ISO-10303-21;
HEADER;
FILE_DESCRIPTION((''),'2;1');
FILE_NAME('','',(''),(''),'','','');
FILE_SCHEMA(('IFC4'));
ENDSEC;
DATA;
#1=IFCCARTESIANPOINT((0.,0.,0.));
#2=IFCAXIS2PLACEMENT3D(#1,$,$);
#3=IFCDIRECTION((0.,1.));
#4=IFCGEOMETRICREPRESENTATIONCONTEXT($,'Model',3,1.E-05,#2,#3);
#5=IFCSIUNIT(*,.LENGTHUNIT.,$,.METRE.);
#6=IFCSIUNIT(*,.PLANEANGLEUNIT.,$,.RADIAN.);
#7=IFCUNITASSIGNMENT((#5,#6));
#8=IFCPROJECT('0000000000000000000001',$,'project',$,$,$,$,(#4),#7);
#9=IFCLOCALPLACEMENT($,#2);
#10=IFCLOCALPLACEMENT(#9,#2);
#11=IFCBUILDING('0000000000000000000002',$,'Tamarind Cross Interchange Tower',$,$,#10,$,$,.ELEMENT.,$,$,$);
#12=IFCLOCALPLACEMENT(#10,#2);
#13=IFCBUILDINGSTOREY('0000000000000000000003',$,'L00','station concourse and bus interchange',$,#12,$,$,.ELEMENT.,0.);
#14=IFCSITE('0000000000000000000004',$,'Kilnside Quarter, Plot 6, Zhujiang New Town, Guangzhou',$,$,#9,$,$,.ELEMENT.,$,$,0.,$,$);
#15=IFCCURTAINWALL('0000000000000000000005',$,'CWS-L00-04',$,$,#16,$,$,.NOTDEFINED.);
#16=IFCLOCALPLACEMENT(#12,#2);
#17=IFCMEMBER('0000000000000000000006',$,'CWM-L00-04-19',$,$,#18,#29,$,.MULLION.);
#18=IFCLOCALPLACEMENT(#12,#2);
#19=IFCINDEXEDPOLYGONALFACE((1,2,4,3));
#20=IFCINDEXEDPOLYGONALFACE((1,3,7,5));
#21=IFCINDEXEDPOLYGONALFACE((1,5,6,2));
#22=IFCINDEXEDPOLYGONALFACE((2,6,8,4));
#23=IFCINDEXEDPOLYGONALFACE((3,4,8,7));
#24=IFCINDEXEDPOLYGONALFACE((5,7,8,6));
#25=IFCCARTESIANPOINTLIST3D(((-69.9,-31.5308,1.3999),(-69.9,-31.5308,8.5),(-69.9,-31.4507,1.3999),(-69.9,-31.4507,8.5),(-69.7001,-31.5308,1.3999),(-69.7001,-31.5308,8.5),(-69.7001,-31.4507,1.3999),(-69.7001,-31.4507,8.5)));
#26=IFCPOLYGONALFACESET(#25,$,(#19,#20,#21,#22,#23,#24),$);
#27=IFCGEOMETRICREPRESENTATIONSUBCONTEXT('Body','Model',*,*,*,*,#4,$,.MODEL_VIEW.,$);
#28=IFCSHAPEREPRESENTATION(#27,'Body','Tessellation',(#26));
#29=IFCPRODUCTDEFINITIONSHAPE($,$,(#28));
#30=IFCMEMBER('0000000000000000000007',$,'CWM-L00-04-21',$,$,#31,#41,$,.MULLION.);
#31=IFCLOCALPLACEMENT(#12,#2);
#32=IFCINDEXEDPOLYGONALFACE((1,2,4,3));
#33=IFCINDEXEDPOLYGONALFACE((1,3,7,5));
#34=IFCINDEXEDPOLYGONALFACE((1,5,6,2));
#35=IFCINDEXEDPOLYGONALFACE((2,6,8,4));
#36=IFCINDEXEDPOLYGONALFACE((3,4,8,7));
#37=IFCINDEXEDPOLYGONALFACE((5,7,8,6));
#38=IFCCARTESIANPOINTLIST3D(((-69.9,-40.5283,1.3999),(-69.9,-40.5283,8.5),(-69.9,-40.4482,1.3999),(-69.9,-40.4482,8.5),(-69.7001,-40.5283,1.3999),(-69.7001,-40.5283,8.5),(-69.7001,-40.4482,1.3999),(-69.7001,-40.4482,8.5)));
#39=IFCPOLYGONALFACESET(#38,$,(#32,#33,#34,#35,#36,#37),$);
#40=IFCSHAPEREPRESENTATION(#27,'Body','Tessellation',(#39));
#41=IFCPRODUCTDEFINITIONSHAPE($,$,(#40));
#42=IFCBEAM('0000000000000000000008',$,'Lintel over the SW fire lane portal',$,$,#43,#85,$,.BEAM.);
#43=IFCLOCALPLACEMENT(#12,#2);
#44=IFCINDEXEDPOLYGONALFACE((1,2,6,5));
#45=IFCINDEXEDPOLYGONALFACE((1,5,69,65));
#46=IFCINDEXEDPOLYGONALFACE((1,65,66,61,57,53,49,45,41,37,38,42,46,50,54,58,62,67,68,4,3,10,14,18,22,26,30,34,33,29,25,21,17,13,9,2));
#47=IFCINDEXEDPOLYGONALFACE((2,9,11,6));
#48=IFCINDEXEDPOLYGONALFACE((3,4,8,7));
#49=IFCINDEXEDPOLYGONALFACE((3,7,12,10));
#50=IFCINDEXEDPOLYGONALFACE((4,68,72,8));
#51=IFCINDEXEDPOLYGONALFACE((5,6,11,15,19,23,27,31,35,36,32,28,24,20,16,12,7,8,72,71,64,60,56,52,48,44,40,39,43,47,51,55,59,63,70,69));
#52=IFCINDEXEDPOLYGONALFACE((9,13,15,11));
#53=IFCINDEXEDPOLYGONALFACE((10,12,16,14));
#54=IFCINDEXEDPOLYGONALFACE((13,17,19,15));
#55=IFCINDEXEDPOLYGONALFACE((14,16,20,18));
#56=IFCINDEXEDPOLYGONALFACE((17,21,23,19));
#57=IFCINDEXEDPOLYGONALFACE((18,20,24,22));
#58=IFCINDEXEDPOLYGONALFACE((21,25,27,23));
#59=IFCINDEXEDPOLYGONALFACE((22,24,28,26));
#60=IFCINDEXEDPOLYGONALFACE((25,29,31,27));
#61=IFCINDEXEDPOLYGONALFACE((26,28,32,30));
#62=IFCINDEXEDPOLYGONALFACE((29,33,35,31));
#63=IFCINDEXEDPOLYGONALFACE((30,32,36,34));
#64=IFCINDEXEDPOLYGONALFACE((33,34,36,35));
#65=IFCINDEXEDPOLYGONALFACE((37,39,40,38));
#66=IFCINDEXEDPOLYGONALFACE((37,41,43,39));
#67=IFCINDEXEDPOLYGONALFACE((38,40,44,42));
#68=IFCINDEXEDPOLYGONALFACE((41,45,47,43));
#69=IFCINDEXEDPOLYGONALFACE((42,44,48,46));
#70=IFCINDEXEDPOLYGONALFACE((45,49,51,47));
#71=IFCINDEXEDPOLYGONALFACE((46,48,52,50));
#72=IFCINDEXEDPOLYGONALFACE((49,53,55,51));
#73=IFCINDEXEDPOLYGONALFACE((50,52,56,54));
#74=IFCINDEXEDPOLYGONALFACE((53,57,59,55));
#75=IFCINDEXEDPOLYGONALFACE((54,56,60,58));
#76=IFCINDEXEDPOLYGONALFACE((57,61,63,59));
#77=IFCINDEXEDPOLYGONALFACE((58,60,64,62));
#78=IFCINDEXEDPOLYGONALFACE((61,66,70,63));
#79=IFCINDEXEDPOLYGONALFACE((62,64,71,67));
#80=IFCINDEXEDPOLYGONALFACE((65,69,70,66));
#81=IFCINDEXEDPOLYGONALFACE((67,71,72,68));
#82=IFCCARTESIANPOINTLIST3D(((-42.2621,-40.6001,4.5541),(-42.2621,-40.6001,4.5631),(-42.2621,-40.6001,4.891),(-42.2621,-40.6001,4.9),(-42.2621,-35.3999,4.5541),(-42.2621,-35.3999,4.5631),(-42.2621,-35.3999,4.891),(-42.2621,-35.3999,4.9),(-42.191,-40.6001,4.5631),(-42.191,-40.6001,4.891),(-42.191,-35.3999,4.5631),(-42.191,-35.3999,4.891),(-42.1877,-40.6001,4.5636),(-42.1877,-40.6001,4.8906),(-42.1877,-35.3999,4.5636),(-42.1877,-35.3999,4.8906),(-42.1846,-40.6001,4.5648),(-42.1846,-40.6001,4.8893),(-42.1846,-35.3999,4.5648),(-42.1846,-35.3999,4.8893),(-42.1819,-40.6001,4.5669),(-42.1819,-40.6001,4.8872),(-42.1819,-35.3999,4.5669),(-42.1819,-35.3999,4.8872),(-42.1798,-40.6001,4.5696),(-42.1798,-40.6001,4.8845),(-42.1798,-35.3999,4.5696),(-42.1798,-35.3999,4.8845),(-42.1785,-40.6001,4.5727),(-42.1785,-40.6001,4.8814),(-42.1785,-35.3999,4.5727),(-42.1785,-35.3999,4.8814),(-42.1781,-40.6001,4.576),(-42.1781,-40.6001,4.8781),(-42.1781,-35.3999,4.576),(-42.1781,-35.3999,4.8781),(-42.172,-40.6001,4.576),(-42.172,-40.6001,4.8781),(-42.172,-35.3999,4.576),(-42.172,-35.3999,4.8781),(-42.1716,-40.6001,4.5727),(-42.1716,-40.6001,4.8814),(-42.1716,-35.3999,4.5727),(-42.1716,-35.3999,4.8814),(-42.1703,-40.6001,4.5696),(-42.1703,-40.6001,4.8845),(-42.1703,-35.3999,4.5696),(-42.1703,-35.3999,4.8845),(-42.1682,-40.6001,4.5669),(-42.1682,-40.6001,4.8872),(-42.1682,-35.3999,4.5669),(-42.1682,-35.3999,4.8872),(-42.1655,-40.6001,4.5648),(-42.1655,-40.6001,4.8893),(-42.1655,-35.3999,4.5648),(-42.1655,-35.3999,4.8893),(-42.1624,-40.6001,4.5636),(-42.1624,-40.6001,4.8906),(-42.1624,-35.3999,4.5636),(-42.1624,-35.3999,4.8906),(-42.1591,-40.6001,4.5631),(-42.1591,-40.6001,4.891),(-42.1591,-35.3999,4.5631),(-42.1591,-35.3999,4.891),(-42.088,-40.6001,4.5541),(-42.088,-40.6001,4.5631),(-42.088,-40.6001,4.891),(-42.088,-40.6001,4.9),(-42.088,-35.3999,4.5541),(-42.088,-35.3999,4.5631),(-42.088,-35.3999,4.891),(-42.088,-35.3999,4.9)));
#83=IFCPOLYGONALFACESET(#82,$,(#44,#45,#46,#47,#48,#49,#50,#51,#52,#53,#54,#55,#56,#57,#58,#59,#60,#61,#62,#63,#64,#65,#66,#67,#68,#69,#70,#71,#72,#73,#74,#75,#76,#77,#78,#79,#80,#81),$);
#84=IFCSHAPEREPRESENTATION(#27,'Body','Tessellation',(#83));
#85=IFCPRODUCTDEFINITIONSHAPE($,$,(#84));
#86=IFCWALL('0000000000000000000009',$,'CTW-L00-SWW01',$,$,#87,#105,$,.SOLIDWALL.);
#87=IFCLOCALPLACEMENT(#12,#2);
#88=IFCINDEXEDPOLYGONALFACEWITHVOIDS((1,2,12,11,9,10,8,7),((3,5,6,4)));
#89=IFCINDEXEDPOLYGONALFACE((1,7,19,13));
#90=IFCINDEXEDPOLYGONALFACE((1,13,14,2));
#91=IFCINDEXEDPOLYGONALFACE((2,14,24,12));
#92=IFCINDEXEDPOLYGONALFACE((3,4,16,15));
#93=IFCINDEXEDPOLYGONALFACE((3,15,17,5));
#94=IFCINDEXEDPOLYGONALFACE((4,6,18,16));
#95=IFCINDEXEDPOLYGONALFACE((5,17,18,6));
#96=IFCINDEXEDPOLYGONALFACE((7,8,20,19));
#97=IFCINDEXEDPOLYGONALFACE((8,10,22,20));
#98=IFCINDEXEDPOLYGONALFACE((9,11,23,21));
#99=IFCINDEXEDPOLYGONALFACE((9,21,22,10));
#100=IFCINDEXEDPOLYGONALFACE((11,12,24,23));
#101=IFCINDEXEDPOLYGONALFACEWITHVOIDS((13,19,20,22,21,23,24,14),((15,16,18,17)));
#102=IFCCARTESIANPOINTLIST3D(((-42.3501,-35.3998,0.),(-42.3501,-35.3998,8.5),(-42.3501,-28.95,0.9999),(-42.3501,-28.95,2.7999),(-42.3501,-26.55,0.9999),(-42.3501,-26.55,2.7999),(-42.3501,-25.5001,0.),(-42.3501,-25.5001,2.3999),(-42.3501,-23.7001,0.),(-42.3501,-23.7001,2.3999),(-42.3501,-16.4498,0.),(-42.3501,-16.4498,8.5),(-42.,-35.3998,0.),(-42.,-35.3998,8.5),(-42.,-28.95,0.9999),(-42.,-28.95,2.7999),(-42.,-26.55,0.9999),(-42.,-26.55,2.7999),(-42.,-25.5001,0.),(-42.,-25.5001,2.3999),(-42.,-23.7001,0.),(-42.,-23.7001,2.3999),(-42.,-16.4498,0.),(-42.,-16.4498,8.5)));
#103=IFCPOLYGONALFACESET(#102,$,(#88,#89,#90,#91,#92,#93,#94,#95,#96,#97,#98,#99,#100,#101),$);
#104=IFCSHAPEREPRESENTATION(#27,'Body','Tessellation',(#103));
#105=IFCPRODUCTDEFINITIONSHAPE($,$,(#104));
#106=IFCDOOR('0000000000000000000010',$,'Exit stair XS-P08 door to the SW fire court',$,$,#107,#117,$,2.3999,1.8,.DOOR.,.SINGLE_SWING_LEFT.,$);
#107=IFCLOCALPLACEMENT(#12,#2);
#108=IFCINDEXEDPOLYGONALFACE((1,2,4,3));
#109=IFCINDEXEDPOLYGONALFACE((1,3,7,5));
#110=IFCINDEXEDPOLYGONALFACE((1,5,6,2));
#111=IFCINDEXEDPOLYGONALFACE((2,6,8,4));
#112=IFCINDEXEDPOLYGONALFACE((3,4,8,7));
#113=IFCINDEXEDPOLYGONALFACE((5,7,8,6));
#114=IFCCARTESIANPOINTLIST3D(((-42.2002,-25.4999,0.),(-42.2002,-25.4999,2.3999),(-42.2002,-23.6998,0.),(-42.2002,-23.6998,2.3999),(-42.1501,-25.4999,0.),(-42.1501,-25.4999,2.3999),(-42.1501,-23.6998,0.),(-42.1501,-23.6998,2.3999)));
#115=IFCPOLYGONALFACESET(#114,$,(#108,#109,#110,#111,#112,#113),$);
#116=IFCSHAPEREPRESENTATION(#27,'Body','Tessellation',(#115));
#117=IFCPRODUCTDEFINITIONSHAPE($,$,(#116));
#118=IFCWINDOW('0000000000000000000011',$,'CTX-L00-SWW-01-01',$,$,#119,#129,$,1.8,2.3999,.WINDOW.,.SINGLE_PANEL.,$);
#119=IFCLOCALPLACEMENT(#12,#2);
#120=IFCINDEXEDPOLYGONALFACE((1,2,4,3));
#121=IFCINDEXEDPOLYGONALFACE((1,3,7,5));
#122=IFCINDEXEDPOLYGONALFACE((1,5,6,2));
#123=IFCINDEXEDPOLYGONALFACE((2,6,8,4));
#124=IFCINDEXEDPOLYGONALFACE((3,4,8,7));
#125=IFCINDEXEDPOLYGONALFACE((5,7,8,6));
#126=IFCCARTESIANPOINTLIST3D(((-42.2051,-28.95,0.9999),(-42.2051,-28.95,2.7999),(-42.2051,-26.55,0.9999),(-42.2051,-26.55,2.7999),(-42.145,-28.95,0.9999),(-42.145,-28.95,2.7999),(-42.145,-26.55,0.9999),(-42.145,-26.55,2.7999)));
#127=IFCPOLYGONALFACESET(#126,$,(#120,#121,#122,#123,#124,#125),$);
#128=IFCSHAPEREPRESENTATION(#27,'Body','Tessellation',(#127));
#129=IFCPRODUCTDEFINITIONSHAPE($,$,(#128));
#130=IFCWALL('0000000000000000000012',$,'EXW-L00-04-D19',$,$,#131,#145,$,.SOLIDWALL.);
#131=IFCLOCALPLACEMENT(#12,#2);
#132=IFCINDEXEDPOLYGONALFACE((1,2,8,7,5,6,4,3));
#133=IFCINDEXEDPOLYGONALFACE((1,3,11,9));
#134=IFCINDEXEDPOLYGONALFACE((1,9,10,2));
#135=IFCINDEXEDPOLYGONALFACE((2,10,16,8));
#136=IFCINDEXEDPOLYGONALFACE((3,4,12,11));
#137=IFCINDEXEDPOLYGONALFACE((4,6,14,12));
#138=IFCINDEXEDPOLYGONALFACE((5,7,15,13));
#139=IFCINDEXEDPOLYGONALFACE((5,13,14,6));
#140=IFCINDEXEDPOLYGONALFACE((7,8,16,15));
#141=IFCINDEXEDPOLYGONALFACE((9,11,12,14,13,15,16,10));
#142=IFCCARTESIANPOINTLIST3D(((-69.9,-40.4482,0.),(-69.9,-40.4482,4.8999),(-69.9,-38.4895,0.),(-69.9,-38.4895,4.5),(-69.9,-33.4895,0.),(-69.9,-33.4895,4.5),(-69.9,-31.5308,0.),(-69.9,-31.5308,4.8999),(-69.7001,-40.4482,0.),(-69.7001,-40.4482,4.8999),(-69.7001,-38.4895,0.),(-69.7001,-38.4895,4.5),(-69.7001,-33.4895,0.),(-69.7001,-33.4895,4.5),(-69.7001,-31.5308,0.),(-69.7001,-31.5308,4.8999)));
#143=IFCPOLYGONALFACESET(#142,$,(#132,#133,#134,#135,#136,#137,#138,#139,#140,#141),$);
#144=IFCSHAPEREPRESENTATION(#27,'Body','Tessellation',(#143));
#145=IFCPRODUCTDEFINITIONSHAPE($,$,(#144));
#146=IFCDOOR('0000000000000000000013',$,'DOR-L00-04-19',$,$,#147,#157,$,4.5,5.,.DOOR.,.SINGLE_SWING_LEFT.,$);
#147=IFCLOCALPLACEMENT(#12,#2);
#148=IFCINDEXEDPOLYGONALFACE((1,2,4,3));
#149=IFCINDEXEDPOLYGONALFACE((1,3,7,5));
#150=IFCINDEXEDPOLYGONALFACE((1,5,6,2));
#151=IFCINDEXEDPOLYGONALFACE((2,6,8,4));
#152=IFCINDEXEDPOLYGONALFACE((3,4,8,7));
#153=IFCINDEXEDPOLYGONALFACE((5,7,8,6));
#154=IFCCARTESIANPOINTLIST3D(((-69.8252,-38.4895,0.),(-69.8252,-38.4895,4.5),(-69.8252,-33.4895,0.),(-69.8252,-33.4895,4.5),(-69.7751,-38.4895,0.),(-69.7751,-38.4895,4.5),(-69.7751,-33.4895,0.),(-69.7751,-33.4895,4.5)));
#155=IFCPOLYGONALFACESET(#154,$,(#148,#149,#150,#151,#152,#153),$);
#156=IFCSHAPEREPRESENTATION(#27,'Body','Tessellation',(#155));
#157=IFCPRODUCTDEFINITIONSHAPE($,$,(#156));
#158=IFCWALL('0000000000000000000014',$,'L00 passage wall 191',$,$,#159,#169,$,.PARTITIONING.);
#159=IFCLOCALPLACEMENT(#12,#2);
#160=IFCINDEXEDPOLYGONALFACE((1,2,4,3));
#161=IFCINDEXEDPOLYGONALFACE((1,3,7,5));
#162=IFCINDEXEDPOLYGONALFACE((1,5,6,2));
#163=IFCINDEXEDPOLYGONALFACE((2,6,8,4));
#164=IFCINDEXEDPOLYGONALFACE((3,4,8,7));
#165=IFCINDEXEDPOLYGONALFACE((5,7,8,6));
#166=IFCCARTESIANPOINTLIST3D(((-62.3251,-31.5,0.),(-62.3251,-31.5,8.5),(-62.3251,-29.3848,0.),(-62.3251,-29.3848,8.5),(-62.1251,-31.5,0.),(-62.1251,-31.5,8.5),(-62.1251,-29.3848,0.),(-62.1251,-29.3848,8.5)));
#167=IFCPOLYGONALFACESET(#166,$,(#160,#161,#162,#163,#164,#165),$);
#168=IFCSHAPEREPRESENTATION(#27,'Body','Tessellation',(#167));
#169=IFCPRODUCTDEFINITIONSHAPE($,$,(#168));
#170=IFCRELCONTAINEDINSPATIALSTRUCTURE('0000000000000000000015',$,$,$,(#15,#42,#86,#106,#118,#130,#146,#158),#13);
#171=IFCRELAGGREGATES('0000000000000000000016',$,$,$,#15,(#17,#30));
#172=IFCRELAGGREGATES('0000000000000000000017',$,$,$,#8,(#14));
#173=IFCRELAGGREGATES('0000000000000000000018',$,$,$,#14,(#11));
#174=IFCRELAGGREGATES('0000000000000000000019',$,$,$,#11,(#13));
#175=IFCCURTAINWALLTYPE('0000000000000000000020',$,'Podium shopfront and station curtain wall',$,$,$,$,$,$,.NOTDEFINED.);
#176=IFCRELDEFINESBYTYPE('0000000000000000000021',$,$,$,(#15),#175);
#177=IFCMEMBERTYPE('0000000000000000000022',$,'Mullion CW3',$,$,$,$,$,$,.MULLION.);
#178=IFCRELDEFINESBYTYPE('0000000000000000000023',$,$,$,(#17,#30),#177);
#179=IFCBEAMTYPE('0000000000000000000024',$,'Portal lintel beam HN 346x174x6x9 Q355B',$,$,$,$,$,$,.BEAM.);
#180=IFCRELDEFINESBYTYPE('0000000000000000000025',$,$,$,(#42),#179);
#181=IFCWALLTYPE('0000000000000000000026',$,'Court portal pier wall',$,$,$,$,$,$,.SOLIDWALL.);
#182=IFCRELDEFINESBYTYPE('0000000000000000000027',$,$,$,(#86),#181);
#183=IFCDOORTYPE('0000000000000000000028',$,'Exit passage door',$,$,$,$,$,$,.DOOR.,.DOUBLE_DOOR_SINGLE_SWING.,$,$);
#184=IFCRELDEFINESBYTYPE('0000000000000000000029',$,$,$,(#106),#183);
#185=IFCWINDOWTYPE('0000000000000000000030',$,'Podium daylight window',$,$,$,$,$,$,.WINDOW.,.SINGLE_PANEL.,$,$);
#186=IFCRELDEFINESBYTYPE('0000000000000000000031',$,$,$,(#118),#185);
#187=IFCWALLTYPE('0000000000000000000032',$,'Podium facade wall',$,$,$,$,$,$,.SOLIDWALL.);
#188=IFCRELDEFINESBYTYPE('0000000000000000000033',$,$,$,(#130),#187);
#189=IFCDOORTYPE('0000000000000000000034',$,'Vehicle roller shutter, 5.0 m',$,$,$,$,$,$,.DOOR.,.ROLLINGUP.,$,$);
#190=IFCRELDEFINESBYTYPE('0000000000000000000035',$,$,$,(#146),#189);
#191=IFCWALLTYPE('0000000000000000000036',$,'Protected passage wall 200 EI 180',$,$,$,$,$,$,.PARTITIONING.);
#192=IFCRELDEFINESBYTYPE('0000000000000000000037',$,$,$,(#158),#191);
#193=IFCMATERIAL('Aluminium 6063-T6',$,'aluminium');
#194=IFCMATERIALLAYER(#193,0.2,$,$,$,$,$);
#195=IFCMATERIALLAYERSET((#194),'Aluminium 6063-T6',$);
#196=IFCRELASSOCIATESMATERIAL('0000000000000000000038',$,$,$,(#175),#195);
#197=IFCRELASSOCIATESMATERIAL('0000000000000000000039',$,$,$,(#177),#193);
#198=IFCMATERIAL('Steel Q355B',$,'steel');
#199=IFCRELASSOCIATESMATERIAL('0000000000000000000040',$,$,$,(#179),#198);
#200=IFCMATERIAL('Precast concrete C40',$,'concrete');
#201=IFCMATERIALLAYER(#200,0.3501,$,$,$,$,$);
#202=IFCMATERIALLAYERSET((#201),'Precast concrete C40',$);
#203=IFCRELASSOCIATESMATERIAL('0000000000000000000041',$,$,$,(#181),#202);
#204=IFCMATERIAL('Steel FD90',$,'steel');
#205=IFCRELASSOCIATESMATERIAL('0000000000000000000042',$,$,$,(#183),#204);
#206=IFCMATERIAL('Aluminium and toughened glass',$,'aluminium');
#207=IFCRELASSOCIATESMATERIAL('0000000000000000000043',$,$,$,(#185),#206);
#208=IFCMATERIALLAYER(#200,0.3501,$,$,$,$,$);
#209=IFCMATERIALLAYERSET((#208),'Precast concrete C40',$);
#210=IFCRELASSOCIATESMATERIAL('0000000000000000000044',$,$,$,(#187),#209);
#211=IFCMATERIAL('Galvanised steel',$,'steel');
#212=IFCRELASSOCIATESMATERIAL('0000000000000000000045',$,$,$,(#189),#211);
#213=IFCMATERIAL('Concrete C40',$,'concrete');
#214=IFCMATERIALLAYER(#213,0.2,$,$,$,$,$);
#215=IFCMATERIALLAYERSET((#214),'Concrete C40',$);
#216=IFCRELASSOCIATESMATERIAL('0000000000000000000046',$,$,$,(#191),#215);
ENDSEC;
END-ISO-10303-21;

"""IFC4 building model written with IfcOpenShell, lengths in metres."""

from ifc_helpers import new_model, si_unit, direction, frame, frame_2d, origin, origin_2d, place, context, subcontext, project, spatial, rectangle, i_section, extrude, material, layer, layer_set, material_profile, profile_set, type_object, element, fill, aggregate, save


model = new_model("IFC4")

# Units and contexts
model_context = context("Model", 3, precision=1e-05, world=origin(), true_north=direction((0.0, 1.0)))
body_context = subcontext(model_context, "Body", "Model", "MODEL_VIEW")
ifc_project = project(units=[si_unit("LENGTHUNIT", "METRE"), si_unit("PLANEANGLEUNIT", "RADIAN")], contexts=[model_context])

# Site, building, storey
site_placement = place(None, origin())
site = spatial("IfcSite", under=ifc_project, at=site_placement, Name="Kilnside Quarter, Plot 6, Zhujiang New Town, Guangzhou", CompositionType="ELEMENT", RefElevation=0.0)
building_placement = place(site_placement, origin())
building = spatial("IfcBuilding", under=site, at=building_placement, Name="Tamarind Cross Interchange Tower", CompositionType="ELEMENT")
storey_placement = place(building_placement, origin())
storey = spatial("IfcBuildingStorey", under=building, at=storey_placement, Name="L00", Description="station concourse and bus interchange", CompositionType="ELEMENT", Elevation=0.0)

# Curtain wall, members
ifc_material_1 = material(Name="Aluminium 6063-T6", Category="aluminium")
ifc_layer_1 = layer(ifc_material_1, 0.2)
ifc_layer_set_1 = layer_set([ifc_layer_1], Name="Aluminium 6063-T6")
curtain_wall_type = type_object("IfcCurtainWallType", Name="Podium shopfront and station curtain wall", PredefinedType="NOTDEFINED", material=ifc_layer_set_1)
curtain_wall_placement = place(storey_placement, origin())
curtain_wall = element("IfcCurtainWall", 1, at=curtain_wall_placement, inside=storey, type_object=curtain_wall_type, Name="CWS-L00-04", PredefinedType="NOTDEFINED")
ifc_material_profile_1 = material_profile(ifc_material_1, rectangle(XDim=0.0801, YDim=0.2, at=origin_2d()), Name="Mullion CW3")
ifc_profile_set_1 = profile_set([ifc_material_profile_1], Name="Aluminium 6063-T6")
member_type = type_object("IfcMemberType", Name="Mullion CW3", PredefinedType="MULLION", material=ifc_profile_set_1)
member_1_placement = place(storey_placement, frame((-69.8, -31.4907, 1.3999), z_axis=(0.0, 0.0, 1.0), x_axis=(0.0, -1.0, 0.0)))
member_1 = element("IfcMember", 2, at=member_1_placement, type_object=member_type, Name="CWM-L00-04-19", PredefinedType="MULLION", context=body_context, shape_type="SweptSolid", body=[
    extrude(rectangle(XDim=0.0801, YDim=0.2, at=origin_2d()), origin(), (0.0, 0.0, 1.0), 7.1001),
])
member_2_placement = place(storey_placement, frame((-69.8, -40.4883, 1.3999), z_axis=(0.0, 0.0, 1.0), x_axis=(0.0, -1.0, 0.0)))
member_2 = element("IfcMember", 3, at=member_2_placement, type_object=member_type, Name="CWM-L00-04-21", PredefinedType="MULLION", context=body_context, shape_type="SweptSolid", body=[
    extrude(rectangle(XDim=0.0801, YDim=0.2, at=origin_2d()), origin(), (0.0, 0.0, 1.0), 7.1001),
])
aggregate(curtain_wall, [member_1, member_2])

# Beam
ifc_material_2 = material(Name="Steel Q355B", Category="steel")
ifc_material_profile_2 = material_profile(ifc_material_2, i_section(OverallWidth=0.1741, OverallDepth=0.3459, WebThickness=0.0061, FlangeThickness=0.009, FilletRadius=0.0129, at=origin_2d()), Name="HN 346x174x6x9")
ifc_profile_set_2 = profile_set([ifc_material_profile_2], Name="Steel Q355B")
beam_type = type_object("IfcBeamType", Name="Portal lintel beam HN 346x174x6x9 Q355B", PredefinedType="BEAM", material=ifc_profile_set_2)
beam_placement = place(storey_placement, frame((-42.175, -40.6001, 4.7271), z_axis=(0.0, 1.0, 0.0), x_axis=(-1.0, 0.0, 0.0)))
element("IfcBeam", 4, at=beam_placement, inside=storey, type_object=beam_type, Name="Lintel over the SW fire lane portal", PredefinedType="BEAM", context=body_context, shape_type="SweptSolid", body=[
    extrude(i_section(OverallWidth=0.1741, OverallDepth=0.3459, WebThickness=0.0061, FlangeThickness=0.009, FilletRadius=0.0129, at=origin_2d()), origin(), (0.0, 0.0, 1.0), 5.2002),
])

# Wall, openings, door, window
ifc_material_3 = material(Name="Precast concrete C40", Category="concrete")
ifc_layer_2 = layer(ifc_material_3, 0.3501)
ifc_layer_set_2 = layer_set([ifc_layer_2], Name="Precast concrete C40")
wall_type_1 = type_object("IfcWallType", Name="Court portal pier wall", PredefinedType="SOLIDWALL", material=ifc_layer_set_2)
wall_1_placement = place(storey_placement, frame((-42.175, -35.3999, 0.0), z_axis=(0.0, 0.0, 1.0), x_axis=(0.0, 1.0, 0.0)))
wall_1 = element("IfcWall", 5, at=wall_1_placement, inside=storey, type_object=wall_type_1, Name="CTW-L00-SWW01", PredefinedType="SOLIDWALL", context=body_context, shape_type="SweptSolid", body=[
    extrude(rectangle(XDim=18.95, YDim=0.3501, at=frame_2d((9.4751, 0.0))), origin(), (0.0, 0.0, 1.0), 8.5),
])
opening_1_placement = place(wall_1_placement, frame((9.8999, 0.0, 0.0)))
opening_1 = element("IfcOpeningElement", 6, at=opening_1_placement, cuts=wall_1, PredefinedType="OPENING", context=body_context, shape_type="SweptSolid", body=[
    extrude(rectangle(XDim=1.8, YDim=2.3999, at=frame_2d((0.8999, 1.2))), frame((0.0, 0.1851, 0.0), z_axis=(0.0, -1.0, 0.0), x_axis=(1.0, 0.0, 0.0)), (0.0, 0.0, 1.0), 0.3701),
])
opening_2_placement = place(wall_1_placement, frame((6.45, 0.0, 1.0)))
opening_2 = element("IfcOpeningElement", 7, at=opening_2_placement, cuts=wall_1, PredefinedType="OPENING", context=body_context, shape_type="SweptSolid", body=[
    extrude(rectangle(XDim=2.3999, YDim=1.8, at=frame_2d((1.2, 0.8999))), frame((0.0, 0.1851, 0.0), z_axis=(0.0, -1.0, 0.0), x_axis=(1.0, 0.0, 0.0)), (0.0, 0.0, 1.0), 0.3701),
])
ifc_material_4 = material(Name="Steel FD90", Category="steel")
door_type_1 = type_object("IfcDoorType", Name="Exit passage door", OperationType="DOUBLE_DOOR_SINGLE_SWING", PredefinedType="DOOR", material=ifc_material_4)
door_1_placement = place(opening_1_placement, frame((1.8, 0.0, 0.0), z_axis=(0.0, 0.0, 1.0), x_axis=(-1.0, 0.0, 0.0)))
door_1 = element("IfcDoor", 8, at=door_1_placement, inside=storey, type_object=door_type_1, Name="Exit stair XS-P08 door to the SW fire court", OperationType="SINGLE_SWING_LEFT", OverallHeight=2.3999, OverallWidth=1.8, PredefinedType="DOOR", context=body_context, shape_type="SweptSolid", body=[
    extrude(rectangle(XDim=1.8, YDim=2.3999, at=frame_2d((0.8999, 1.2))), frame((0.0, 0.0249, 0.0), z_axis=(0.0, -1.0, 0.0), x_axis=(1.0, 0.0, 0.0)), (0.0, 0.0, 1.0), 0.05),
])
fill(opening_1, door_1)
ifc_material_5 = material(Name="Aluminium and toughened glass", Category="aluminium")
window_type = type_object("IfcWindowType", Name="Podium daylight window", PartitioningType="SINGLE_PANEL", PredefinedType="WINDOW", material=ifc_material_5)
window_placement = place(opening_2_placement, origin())
window = element("IfcWindow", 9, at=window_placement, inside=storey, type_object=window_type, Name="CTX-L00-SWW-01-01", OverallHeight=1.8, OverallWidth=2.3999, PartitioningType="SINGLE_PANEL", PredefinedType="WINDOW", context=body_context, shape_type="SweptSolid", body=[
    extrude(rectangle(XDim=2.3999, YDim=1.8, at=frame_2d((1.2, 0.8999))), frame((0.0, 0.03, 0.0), z_axis=(0.0, -1.0, 0.0), x_axis=(1.0, 0.0, 0.0)), (0.0, 0.0, 1.0), 0.0601),
])
fill(opening_2, window)

# Wall, opening, door
ifc_layer_3 = layer(ifc_material_3, 0.3501)
ifc_layer_set_3 = layer_set([ifc_layer_3], Name="Precast concrete C40")
wall_type_2 = type_object("IfcWallType", Name="Podium facade wall", PredefinedType="SOLIDWALL", material=ifc_layer_set_3)
wall_2_placement = place(storey_placement, frame((-69.8, -31.5308, 0.0), z_axis=(0.0, 0.0, 1.0), x_axis=(0.0, -1.0, 0.0)))
wall_2 = element("IfcWall", 10, at=wall_2_placement, inside=storey, type_object=wall_type_2, Name="EXW-L00-04-D19", PredefinedType="SOLIDWALL", context=body_context, shape_type="SweptSolid", body=[
    extrude(rectangle(XDim=8.9175, YDim=0.2, at=frame_2d((4.4587, 0.0))), origin(), (0.0, 0.0, 1.0), 4.8999),
])
opening_3_placement = place(wall_2_placement, frame((1.9587, 0.0, 0.0)))
opening_3 = element("IfcOpeningElement", 11, at=opening_3_placement, cuts=wall_2, PredefinedType="OPENING", context=body_context, shape_type="SweptSolid", body=[
    extrude(rectangle(XDim=5.0, YDim=4.5, at=frame_2d((2.5, 2.25))), frame((0.0, 0.1099, 0.0), z_axis=(0.0, -1.0, 0.0), x_axis=(1.0, 0.0, 0.0)), (0.0, 0.0, 1.0), 0.22),
])
ifc_material_6 = material(Name="Galvanised steel", Category="steel")
door_type_2 = type_object("IfcDoorType", Name="Vehicle roller shutter, 5.0 m", OperationType="ROLLINGUP", PredefinedType="DOOR", material=ifc_material_6)
door_2_placement = place(opening_3_placement, origin())
door_2 = element("IfcDoor", 12, at=door_2_placement, inside=storey, type_object=door_type_2, Name="DOR-L00-04-19", OperationType="SINGLE_SWING_LEFT", OverallHeight=4.5, OverallWidth=5.0, PredefinedType="DOOR", context=body_context, shape_type="SweptSolid", body=[
    extrude(rectangle(XDim=5.0, YDim=4.5, at=frame_2d((2.5, 2.25))), frame((0.0, 0.0249, 0.0), z_axis=(0.0, -1.0, 0.0), x_axis=(1.0, 0.0, 0.0)), (0.0, 0.0, 1.0), 0.05),
])
fill(opening_3, door_2)

# Wall
ifc_material_7 = material(Name="Concrete C40", Category="concrete")
ifc_layer_4 = layer(ifc_material_7, 0.2)
ifc_layer_set_4 = layer_set([ifc_layer_4], Name="Concrete C40")
wall_type_3 = type_object("IfcWallType", Name="Protected passage wall 200 EI 180", PredefinedType="PARTITIONING", material=ifc_layer_set_4)
wall_3_placement = place(storey_placement, frame((-62.2251, -31.5, 0.0), z_axis=(0.0, 0.0, 1.0), x_axis=(0.0, 1.0, 0.0)))
element("IfcWall", 13, at=wall_3_placement, inside=storey, type_object=wall_type_3, Name="L00 passage wall 191", PredefinedType="PARTITIONING", context=body_context, shape_type="SweptSolid", body=[
    extrude(rectangle(XDim=2.1152, YDim=0.2, at=frame_2d((1.0576, 0.0))), origin(), (0.0, 0.0, 1.0), 8.5),
])

save(model, "model.ifc")
